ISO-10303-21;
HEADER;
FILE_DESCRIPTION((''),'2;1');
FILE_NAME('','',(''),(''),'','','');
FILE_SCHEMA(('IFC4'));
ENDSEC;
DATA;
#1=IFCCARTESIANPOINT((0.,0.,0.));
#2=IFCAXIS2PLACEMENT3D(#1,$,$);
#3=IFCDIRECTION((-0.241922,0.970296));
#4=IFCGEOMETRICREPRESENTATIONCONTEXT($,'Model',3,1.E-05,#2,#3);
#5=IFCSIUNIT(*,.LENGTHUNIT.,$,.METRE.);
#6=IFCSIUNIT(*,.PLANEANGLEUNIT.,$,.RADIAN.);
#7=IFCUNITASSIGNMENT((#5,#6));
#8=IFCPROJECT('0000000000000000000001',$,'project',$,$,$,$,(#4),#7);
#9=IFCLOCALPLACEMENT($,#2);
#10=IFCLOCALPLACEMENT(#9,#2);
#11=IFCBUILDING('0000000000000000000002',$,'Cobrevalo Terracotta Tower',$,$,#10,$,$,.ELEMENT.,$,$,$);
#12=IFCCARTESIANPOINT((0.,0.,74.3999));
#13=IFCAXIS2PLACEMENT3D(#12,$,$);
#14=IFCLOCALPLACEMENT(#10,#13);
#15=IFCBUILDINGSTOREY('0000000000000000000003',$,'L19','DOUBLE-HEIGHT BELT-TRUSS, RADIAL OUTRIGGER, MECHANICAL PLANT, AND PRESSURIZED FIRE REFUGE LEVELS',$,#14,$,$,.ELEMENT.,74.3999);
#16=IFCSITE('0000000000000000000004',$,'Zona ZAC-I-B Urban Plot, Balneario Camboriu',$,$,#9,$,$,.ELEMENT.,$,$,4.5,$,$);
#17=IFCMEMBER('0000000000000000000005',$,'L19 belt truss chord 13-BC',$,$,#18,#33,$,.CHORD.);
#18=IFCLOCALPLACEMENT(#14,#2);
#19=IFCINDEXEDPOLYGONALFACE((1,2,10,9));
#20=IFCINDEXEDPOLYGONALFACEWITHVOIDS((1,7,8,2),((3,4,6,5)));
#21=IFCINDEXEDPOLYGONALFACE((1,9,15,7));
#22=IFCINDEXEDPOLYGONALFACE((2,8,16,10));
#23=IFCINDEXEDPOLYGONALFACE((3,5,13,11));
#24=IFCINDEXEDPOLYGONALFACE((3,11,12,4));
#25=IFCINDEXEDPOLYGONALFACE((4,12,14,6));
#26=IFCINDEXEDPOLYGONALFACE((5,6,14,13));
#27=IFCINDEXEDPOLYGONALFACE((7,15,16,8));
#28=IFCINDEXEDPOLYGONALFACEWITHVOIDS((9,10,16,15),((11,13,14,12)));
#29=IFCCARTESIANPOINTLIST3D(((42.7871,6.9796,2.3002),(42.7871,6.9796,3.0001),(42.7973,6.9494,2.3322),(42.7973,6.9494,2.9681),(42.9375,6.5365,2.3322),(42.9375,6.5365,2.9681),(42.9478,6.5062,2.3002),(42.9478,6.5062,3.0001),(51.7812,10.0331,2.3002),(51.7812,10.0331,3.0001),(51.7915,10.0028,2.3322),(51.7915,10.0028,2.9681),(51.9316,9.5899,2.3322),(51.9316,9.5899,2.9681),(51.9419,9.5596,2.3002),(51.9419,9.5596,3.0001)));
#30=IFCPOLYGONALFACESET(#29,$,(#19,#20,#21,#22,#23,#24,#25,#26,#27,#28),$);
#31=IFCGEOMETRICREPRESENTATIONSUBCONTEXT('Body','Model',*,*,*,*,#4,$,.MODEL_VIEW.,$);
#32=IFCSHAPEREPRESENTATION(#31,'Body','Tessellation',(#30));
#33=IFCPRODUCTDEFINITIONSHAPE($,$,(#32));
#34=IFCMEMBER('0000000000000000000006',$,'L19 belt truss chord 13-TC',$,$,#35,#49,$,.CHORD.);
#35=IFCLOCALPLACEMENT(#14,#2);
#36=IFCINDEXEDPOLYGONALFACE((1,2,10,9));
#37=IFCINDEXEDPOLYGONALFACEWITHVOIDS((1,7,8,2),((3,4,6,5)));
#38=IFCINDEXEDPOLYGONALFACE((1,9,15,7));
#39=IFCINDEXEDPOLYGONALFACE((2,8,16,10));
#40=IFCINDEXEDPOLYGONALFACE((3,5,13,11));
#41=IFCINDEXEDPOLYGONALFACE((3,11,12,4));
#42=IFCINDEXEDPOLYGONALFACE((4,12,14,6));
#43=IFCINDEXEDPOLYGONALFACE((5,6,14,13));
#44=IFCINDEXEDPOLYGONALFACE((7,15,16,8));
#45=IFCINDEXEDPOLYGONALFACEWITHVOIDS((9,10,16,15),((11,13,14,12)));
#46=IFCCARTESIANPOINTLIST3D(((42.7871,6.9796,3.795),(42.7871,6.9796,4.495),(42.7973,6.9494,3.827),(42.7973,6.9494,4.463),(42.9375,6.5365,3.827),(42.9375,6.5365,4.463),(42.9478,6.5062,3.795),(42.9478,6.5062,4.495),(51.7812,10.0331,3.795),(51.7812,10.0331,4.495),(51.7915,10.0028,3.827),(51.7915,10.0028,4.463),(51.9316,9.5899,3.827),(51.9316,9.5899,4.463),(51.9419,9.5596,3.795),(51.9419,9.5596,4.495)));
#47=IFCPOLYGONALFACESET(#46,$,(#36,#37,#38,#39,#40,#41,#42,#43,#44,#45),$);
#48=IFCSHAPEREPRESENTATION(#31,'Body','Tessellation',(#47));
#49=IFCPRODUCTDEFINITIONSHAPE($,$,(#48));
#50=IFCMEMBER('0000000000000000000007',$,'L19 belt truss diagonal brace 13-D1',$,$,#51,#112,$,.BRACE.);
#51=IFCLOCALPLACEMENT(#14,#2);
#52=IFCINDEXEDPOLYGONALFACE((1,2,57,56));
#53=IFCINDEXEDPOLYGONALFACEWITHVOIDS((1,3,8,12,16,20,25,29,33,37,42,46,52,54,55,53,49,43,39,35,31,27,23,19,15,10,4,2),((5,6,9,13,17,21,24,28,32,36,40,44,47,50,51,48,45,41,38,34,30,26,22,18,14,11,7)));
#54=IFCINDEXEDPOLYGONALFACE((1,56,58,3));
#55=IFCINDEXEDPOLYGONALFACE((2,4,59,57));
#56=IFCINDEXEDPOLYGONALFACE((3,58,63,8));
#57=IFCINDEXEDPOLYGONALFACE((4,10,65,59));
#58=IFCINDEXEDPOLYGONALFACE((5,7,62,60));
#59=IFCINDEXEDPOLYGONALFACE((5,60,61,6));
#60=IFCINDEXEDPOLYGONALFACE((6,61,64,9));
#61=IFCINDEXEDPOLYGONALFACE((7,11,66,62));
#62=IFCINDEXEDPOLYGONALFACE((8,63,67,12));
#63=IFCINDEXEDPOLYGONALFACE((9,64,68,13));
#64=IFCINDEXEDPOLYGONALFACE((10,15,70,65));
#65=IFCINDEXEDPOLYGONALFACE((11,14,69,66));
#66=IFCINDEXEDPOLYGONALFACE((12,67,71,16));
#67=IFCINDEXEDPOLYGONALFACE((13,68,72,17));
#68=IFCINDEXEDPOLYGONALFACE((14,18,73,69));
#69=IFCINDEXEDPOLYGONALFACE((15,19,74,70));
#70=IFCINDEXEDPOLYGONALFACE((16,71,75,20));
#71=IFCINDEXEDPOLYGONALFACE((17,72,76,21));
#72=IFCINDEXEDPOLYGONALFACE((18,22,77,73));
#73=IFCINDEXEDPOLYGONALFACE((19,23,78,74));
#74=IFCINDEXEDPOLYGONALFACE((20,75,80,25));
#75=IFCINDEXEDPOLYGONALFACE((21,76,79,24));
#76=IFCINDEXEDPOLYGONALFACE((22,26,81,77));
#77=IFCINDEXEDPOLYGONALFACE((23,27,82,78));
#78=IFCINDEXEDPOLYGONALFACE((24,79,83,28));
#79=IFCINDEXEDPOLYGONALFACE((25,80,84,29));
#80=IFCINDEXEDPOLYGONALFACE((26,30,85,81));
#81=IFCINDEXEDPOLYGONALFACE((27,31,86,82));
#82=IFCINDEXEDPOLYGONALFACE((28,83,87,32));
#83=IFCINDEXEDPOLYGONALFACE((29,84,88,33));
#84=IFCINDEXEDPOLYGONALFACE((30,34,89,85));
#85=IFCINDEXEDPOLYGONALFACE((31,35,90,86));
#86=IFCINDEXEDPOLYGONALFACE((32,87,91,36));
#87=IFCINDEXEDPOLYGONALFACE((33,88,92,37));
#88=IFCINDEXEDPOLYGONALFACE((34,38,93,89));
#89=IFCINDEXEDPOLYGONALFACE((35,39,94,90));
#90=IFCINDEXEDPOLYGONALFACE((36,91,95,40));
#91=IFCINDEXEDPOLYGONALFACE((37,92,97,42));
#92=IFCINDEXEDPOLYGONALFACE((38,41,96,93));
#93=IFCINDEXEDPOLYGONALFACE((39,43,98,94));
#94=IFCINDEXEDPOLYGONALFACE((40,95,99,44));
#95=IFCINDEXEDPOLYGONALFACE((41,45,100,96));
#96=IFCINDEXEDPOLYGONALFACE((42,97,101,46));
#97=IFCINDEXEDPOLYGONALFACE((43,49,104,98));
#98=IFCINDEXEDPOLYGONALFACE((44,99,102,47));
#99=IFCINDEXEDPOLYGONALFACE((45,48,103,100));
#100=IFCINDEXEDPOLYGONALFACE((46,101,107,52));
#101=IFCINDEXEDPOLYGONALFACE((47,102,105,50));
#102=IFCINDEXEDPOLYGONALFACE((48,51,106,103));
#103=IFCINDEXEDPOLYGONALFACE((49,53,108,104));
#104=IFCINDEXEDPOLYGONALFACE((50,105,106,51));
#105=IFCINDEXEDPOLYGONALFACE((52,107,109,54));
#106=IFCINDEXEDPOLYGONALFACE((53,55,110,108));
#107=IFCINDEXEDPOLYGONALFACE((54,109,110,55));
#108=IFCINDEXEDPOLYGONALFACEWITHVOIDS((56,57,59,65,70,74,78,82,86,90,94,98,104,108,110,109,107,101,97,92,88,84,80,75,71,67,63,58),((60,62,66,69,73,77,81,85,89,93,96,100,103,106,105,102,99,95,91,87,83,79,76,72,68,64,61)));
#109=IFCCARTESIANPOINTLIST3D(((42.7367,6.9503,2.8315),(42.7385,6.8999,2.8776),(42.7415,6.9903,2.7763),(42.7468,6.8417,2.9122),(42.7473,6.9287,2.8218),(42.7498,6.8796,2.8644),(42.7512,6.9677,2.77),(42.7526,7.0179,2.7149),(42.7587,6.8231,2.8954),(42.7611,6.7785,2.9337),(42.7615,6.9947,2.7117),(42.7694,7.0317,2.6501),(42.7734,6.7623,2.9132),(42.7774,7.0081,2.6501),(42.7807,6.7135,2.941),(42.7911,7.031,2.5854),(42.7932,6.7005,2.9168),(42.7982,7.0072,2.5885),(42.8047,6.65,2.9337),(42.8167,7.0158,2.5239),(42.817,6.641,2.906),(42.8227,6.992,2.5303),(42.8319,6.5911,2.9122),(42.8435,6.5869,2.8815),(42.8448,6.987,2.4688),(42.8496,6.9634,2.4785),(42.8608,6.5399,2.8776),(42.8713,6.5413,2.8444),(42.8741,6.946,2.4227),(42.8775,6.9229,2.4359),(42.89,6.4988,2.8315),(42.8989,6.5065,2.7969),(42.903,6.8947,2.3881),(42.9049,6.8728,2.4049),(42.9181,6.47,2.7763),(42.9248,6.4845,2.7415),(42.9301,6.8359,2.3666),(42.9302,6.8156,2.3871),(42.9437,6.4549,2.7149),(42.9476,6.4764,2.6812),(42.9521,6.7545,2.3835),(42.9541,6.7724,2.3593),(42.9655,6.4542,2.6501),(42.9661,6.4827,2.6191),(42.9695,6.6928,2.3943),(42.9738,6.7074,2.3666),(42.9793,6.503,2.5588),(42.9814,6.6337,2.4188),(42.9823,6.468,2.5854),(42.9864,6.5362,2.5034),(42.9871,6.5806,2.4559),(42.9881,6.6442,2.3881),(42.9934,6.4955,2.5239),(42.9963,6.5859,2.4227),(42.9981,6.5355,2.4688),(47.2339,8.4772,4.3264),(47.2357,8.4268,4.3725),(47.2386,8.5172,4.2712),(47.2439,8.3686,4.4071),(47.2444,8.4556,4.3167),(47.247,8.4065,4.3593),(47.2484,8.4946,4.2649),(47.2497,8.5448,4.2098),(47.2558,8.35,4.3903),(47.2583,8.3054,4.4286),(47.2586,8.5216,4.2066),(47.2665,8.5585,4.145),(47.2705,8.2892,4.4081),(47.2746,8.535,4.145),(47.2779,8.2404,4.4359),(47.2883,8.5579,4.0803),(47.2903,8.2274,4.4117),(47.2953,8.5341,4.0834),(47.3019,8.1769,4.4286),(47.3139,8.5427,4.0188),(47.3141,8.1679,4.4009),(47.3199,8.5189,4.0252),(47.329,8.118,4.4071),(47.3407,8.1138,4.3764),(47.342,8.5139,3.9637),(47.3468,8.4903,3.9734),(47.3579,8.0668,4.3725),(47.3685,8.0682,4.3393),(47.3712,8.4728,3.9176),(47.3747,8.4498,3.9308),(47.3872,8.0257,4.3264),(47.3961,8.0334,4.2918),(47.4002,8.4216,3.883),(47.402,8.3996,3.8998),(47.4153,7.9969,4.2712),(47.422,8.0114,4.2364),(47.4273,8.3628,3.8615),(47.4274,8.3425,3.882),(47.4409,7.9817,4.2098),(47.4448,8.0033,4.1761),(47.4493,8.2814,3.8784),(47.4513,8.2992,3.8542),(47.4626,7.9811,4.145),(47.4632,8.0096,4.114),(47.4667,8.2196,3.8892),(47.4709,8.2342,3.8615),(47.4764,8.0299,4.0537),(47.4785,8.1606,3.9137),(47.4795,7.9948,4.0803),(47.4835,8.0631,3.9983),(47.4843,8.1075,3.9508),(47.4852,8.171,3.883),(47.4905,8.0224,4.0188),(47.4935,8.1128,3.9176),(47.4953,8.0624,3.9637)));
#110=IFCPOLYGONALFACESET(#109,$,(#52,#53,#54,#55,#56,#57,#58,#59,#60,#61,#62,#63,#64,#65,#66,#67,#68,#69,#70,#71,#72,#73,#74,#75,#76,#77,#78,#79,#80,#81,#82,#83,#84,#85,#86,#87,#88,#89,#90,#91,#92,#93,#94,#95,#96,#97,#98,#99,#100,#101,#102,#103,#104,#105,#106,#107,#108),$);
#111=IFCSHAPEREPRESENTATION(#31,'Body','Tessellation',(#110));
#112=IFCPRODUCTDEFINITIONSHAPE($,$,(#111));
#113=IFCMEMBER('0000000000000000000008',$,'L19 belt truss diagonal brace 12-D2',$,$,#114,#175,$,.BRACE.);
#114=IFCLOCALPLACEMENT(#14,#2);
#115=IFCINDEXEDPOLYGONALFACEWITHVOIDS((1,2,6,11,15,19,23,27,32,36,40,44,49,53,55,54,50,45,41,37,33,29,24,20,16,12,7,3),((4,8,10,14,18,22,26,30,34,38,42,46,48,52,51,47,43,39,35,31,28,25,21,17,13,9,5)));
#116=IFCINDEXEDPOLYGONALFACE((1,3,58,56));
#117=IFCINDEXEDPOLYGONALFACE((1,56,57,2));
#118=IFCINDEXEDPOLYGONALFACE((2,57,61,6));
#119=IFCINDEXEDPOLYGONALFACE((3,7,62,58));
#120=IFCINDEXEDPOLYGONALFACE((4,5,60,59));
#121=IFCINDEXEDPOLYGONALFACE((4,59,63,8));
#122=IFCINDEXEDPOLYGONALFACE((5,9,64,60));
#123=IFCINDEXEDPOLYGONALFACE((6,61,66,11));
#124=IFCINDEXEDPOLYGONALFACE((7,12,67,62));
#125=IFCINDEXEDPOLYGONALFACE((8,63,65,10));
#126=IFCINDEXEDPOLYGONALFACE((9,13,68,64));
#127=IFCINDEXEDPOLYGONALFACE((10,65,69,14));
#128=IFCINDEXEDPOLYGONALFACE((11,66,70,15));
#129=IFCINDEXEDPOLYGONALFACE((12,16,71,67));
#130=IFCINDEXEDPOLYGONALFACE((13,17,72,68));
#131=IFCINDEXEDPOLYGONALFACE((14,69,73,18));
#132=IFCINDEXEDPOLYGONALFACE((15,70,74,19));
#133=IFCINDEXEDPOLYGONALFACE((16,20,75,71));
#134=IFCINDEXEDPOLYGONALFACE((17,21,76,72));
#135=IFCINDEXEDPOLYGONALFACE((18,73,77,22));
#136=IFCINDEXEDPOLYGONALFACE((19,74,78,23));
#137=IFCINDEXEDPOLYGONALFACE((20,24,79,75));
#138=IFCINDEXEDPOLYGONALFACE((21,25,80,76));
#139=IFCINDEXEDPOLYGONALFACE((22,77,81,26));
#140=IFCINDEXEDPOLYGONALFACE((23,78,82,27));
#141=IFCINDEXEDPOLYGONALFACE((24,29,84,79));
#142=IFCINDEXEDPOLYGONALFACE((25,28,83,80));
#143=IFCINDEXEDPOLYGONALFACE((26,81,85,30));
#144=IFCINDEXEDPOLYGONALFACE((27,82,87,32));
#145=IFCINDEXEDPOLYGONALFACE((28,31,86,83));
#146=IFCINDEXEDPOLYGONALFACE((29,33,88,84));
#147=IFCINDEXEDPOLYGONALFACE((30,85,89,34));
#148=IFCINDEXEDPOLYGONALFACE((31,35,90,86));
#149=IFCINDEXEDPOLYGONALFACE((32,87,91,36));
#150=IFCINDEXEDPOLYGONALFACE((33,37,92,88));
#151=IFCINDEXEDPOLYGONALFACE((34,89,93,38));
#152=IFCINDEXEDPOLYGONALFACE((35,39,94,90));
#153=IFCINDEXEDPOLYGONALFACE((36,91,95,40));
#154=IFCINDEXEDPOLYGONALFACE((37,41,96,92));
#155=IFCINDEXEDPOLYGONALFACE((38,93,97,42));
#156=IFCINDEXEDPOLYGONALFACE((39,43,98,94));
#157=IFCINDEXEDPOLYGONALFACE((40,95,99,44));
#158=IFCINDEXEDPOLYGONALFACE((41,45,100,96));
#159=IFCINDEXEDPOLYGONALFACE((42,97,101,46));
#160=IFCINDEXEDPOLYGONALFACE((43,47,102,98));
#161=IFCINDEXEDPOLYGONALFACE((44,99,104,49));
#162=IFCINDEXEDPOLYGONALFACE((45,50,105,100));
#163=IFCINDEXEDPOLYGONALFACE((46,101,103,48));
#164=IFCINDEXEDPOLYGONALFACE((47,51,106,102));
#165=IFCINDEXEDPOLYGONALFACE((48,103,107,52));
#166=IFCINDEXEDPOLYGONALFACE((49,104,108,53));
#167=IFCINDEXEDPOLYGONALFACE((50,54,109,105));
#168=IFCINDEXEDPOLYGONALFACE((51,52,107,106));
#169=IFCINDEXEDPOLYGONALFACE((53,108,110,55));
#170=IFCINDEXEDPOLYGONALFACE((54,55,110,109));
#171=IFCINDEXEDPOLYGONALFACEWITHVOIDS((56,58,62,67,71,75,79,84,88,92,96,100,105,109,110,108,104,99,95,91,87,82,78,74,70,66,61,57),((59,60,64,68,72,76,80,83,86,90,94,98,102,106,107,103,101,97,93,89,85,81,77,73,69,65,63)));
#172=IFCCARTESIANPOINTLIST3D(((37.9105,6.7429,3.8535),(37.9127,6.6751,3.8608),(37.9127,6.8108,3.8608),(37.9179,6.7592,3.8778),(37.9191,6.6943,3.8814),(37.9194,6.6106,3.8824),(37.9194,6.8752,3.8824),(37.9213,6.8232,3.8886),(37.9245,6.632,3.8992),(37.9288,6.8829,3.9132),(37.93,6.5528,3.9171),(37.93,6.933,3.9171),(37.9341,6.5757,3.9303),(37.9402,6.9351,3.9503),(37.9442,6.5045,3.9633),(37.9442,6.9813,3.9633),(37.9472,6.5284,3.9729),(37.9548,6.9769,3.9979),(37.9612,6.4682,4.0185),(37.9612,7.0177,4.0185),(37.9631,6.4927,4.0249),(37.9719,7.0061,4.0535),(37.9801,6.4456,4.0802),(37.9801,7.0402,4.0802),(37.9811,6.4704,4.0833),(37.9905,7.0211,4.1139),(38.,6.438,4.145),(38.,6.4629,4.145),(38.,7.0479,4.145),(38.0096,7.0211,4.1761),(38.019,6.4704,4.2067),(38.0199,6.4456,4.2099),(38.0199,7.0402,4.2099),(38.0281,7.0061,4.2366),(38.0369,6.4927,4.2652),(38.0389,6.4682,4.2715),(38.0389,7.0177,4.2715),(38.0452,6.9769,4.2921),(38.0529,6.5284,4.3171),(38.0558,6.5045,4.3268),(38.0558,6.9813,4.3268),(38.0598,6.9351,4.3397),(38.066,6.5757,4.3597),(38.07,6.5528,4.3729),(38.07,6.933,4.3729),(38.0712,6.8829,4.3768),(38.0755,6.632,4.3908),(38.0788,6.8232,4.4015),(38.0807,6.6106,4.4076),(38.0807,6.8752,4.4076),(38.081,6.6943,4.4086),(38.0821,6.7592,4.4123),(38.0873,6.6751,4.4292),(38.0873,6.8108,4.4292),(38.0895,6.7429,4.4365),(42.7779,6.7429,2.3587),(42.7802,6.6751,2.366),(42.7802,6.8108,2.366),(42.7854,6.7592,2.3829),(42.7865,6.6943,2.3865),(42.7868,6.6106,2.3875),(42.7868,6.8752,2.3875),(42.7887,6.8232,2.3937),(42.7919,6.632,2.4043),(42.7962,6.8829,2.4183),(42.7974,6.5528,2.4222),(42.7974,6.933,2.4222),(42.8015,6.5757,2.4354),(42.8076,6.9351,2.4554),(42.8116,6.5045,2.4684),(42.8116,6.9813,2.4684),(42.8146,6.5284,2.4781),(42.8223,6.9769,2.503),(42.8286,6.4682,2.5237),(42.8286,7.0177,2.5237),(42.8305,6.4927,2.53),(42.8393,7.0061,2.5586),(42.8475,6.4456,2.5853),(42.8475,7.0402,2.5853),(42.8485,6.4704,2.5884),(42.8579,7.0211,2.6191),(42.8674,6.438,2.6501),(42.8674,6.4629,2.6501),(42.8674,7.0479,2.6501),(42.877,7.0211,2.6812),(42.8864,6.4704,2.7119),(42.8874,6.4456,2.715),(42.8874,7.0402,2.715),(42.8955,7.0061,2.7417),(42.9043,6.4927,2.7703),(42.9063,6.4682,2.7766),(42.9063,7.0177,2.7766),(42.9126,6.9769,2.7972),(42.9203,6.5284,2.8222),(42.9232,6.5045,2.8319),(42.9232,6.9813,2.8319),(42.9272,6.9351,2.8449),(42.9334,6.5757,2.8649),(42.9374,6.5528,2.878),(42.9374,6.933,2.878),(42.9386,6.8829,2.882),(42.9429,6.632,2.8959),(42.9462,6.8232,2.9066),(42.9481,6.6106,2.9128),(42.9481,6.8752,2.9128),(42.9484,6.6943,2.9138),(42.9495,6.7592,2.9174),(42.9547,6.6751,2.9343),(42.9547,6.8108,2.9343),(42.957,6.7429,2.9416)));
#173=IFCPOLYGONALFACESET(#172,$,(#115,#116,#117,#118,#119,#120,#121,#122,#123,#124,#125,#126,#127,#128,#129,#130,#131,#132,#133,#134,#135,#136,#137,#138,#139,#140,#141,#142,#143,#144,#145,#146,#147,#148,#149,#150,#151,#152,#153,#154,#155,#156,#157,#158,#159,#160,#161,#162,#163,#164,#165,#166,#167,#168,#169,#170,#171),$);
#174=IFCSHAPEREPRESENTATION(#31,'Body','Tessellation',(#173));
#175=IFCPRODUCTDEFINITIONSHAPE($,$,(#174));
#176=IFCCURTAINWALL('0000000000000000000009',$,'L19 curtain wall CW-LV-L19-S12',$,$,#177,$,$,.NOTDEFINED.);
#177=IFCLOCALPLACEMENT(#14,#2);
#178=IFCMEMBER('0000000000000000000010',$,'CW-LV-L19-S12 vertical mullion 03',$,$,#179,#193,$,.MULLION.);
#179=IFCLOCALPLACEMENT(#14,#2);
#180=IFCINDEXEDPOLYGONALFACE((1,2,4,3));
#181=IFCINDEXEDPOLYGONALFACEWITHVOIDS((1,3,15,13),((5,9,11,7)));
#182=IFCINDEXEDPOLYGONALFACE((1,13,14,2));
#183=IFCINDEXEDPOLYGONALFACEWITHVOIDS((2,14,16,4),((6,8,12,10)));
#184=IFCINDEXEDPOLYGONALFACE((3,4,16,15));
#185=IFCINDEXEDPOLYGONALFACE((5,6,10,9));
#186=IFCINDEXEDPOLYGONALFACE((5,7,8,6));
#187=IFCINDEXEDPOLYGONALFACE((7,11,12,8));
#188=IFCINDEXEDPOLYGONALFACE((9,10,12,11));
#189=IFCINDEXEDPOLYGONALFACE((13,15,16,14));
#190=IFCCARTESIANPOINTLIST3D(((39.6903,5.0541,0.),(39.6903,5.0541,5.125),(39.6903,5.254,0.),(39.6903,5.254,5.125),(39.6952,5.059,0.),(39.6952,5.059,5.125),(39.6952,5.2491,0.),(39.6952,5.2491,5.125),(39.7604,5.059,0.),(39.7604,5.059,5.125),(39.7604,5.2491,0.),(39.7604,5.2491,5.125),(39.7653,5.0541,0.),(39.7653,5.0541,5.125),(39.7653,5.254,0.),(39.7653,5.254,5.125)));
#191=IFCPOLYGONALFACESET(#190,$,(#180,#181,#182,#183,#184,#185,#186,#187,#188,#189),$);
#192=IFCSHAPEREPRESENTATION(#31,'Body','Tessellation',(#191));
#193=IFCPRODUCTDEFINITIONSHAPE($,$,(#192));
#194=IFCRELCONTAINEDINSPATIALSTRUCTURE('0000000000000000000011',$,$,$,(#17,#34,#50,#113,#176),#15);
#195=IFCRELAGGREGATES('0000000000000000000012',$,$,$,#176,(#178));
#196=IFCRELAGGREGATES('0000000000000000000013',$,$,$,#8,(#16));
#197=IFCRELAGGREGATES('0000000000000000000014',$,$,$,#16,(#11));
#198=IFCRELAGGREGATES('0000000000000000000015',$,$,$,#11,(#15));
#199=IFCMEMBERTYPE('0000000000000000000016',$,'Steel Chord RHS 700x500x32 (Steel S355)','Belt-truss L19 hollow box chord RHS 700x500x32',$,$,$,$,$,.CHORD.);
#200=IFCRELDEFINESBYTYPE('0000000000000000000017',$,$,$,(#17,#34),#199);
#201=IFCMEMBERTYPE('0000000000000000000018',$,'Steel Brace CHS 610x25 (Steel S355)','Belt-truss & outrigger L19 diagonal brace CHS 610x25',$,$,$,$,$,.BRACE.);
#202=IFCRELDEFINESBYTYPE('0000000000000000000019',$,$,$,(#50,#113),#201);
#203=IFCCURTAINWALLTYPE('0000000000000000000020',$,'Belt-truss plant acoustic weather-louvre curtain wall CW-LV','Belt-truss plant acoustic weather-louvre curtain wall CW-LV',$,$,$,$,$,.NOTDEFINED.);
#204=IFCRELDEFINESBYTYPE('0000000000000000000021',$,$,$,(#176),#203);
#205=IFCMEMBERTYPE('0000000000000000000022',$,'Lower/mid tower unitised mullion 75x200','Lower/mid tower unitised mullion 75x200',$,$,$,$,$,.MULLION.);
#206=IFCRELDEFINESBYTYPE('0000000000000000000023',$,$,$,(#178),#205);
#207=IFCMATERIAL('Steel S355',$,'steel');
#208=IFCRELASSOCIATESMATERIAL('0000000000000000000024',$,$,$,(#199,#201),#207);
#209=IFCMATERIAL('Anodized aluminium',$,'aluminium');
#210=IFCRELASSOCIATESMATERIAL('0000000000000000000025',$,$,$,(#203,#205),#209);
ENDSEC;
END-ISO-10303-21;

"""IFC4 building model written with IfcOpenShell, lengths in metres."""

from ifc_helpers import new_model, si_unit, direction, frame, origin, origin_2d, place, context, subcontext, project, spatial, hollow_rectangle, hollow_circle, extrude, source, transform, mapped, material, material_profile, profile_set, type_object, element, aggregate, save


model = new_model("IFC4")

# Units and contexts
model_context = context("Model", 3, precision=1e-05, world=origin(), true_north=direction((-0.241922, 0.970296)))
body_context = subcontext(model_context, "Body", "Model", "MODEL_VIEW")
ifc_project = project(units=[si_unit("LENGTHUNIT", "METRE"), si_unit("PLANEANGLEUNIT", "RADIAN")], contexts=[model_context])

# Site, building, storey
site_placement = place(None, origin())
site = spatial("IfcSite", under=ifc_project, at=site_placement, Name="Zona ZAC-I-B Urban Plot, Balneario Camboriu", CompositionType="ELEMENT", RefElevation=4.5)
building_placement = place(site_placement, origin())
building = spatial("IfcBuilding", under=site, at=building_placement, Name="Cobrevalo Terracotta Tower", CompositionType="ELEMENT")
storey_placement = place(building_placement, frame((0.0, 0.0, 74.3999)))
storey = spatial("IfcBuildingStorey", under=building, at=storey_placement, Name="L19", Description="DOUBLE-HEIGHT BELT-TRUSS, RADIAL OUTRIGGER, MECHANICAL PLANT, AND PRESSURIZED FIRE REFUGE LEVELS", CompositionType="ELEMENT", Elevation=74.3999)

# Shared definitions
ifc_material_1 = material(Name="Steel S355", Category="steel")

# Members
ifc_material_profile_1 = material_profile(ifc_material_1, hollow_rectangle(XDim=0.5, YDim=0.7, WallThickness=0.032, at=origin_2d()), Name="RHS 700x500x32")
ifc_profile_set_1 = profile_set([ifc_material_profile_1], Name="Steel S355")
member_type_1 = type_object("IfcMemberType", Name="Steel Chord RHS 700x500x32 (Steel S355)", Description="Belt-truss L19 hollow box chord RHS 700x500x32", PredefinedType="CHORD", material=ifc_profile_set_1)
shared_shape_1 = source(origin(), body_context, "Body", "SweptSolid", [
    extrude(hollow_rectangle(XDim=0.5, YDim=0.7, WallThickness=0.032, at=origin_2d()), origin(), (0.0, 0.0, 1.0), 9.4983),
])
for number, where, z_axis, x_axis, name in (
    (1, (42.8674, 6.7429, 2.6501), (0.946918, 0.321474, 0.0), (-0.321474, 0.946918, 0.0), "L19 belt truss chord 13-BC"),
    (2, (42.8674, 6.7429, 4.145), (0.946918, 0.321474, 0.0), (-0.321474, 0.946918, 0.0), "L19 belt truss chord 13-TC"),
):
    element("IfcMember", number, at=place(storey_placement, frame(where, z_axis=z_axis, x_axis=x_axis)), inside=storey, type_object=member_type_1, Name=name, PredefinedType="CHORD", context=body_context, shape_type="MappedRepresentation", body=[
        mapped(shared_shape_1, transform((0.0, 0.0, 0.0), scale=1.0)),
    ])
ifc_material_profile_2 = material_profile(ifc_material_1, hollow_circle(Radius=0.3049, WallThickness=0.0249, at=origin_2d()), Name="CHS 610x25")
ifc_profile_set_2 = profile_set([ifc_material_profile_2], Name="Steel S355")
member_type_2 = type_object("IfcMemberType", Name="Steel Brace CHS 610x25 (Steel S355)", Description="Belt-truss & outrigger L19 diagonal brace CHS 610x25", PredefinedType="BRACE", material=ifc_profile_set_2)
shared_shape_2 = source(origin(), body_context, "Body", "SweptSolid", [
    extrude(hollow_circle(Radius=0.3049, WallThickness=0.0249, at=origin_2d()), origin(), (0.0, 0.0, 1.0), 4.979),
])
member_1_placement = place(storey_placement, frame((42.8674, 6.7429, 2.6501), z_axis=(0.903223, 0.306664, 0.300241), x_axis=(-0.321497, 0.946911, 0.0)))
element("IfcMember", 3, at=member_1_placement, inside=storey, type_object=member_type_2, Name="L19 belt truss diagonal brace 13-D1", PredefinedType="BRACE", context=body_context, shape_type="MappedRepresentation", body=[
    mapped(shared_shape_2, transform((0.0, 0.0, 0.0), scale=1.0)),
])
shared_shape_3 = source(origin(), body_context, "Body", "SweptSolid", [
    extrude(hollow_circle(Radius=0.3049, WallThickness=0.0249, at=origin_2d()), origin(), (0.0, 0.0, 1.0), 5.0918),
])
member_2_placement = place(storey_placement, frame((42.8674, 6.7429, 2.6501), z_axis=(-0.955933, 0.0, 0.293584), x_axis=(0.0, -1.0, 0.0)))
element("IfcMember", 4, at=member_2_placement, inside=storey, type_object=member_type_2, Name="L19 belt truss diagonal brace 12-D2", PredefinedType="BRACE", context=body_context, shape_type="MappedRepresentation", body=[
    mapped(shared_shape_3, transform((0.0, 0.0, 0.0), scale=1.0)),
])

# Curtain wall, member
ifc_material_2 = material(Name="Anodized aluminium", Category="aluminium")
curtain_wall_type = type_object("IfcCurtainWallType", Name="Belt-truss plant acoustic weather-louvre curtain wall CW-LV", Description="Belt-truss plant acoustic weather-louvre curtain wall CW-LV", PredefinedType="NOTDEFINED", material=ifc_material_2)
curtain_wall_1_placement = place(storey_placement, origin())
curtain_wall_1 = element("IfcCurtainWall", 5, at=curtain_wall_1_placement, inside=storey, type_object=curtain_wall_type, Name="L19 curtain wall CW-LV-L19-S12", PredefinedType="NOTDEFINED")
ifc_material_profile_3 = material_profile(ifc_material_2, hollow_rectangle(XDim=0.075, YDim=0.2, WallThickness=0.0049, at=origin_2d()), Name="CWM 75x200")
ifc_profile_set_3 = profile_set([ifc_material_profile_3], Name="Anodized aluminium")
member_type_3 = type_object("IfcMemberType", Name="Lower/mid tower unitised mullion 75x200", Description="Lower/mid tower unitised mullion 75x200", PredefinedType="MULLION", material=ifc_profile_set_3)
shared_shape_4 = source(origin(), body_context, "Body", "SweptSolid", [
    extrude(hollow_rectangle(XDim=0.075, YDim=0.2, WallThickness=0.0049, at=origin_2d()), origin(), (0.0, 0.0, 1.0), 5.125),
])
member_3_placement = place(storey_placement, frame((39.7278, 5.1541, 0.0), z_axis=(0.0, 0.0, 1.0), x_axis=(1.0, 0.0, 0.0)))
member_3 = element("IfcMember", 6, at=member_3_placement, type_object=member_type_3, Name="CW-LV-L19-S12 vertical mullion 03", PredefinedType="MULLION", context=body_context, shape_type="MappedRepresentation", body=[
    mapped(shared_shape_4, transform((0.0, 0.0, 0.0), scale=1.0)),
])

aggregate(curtain_wall_1, [member_3])

save(model, "model.ifc")
